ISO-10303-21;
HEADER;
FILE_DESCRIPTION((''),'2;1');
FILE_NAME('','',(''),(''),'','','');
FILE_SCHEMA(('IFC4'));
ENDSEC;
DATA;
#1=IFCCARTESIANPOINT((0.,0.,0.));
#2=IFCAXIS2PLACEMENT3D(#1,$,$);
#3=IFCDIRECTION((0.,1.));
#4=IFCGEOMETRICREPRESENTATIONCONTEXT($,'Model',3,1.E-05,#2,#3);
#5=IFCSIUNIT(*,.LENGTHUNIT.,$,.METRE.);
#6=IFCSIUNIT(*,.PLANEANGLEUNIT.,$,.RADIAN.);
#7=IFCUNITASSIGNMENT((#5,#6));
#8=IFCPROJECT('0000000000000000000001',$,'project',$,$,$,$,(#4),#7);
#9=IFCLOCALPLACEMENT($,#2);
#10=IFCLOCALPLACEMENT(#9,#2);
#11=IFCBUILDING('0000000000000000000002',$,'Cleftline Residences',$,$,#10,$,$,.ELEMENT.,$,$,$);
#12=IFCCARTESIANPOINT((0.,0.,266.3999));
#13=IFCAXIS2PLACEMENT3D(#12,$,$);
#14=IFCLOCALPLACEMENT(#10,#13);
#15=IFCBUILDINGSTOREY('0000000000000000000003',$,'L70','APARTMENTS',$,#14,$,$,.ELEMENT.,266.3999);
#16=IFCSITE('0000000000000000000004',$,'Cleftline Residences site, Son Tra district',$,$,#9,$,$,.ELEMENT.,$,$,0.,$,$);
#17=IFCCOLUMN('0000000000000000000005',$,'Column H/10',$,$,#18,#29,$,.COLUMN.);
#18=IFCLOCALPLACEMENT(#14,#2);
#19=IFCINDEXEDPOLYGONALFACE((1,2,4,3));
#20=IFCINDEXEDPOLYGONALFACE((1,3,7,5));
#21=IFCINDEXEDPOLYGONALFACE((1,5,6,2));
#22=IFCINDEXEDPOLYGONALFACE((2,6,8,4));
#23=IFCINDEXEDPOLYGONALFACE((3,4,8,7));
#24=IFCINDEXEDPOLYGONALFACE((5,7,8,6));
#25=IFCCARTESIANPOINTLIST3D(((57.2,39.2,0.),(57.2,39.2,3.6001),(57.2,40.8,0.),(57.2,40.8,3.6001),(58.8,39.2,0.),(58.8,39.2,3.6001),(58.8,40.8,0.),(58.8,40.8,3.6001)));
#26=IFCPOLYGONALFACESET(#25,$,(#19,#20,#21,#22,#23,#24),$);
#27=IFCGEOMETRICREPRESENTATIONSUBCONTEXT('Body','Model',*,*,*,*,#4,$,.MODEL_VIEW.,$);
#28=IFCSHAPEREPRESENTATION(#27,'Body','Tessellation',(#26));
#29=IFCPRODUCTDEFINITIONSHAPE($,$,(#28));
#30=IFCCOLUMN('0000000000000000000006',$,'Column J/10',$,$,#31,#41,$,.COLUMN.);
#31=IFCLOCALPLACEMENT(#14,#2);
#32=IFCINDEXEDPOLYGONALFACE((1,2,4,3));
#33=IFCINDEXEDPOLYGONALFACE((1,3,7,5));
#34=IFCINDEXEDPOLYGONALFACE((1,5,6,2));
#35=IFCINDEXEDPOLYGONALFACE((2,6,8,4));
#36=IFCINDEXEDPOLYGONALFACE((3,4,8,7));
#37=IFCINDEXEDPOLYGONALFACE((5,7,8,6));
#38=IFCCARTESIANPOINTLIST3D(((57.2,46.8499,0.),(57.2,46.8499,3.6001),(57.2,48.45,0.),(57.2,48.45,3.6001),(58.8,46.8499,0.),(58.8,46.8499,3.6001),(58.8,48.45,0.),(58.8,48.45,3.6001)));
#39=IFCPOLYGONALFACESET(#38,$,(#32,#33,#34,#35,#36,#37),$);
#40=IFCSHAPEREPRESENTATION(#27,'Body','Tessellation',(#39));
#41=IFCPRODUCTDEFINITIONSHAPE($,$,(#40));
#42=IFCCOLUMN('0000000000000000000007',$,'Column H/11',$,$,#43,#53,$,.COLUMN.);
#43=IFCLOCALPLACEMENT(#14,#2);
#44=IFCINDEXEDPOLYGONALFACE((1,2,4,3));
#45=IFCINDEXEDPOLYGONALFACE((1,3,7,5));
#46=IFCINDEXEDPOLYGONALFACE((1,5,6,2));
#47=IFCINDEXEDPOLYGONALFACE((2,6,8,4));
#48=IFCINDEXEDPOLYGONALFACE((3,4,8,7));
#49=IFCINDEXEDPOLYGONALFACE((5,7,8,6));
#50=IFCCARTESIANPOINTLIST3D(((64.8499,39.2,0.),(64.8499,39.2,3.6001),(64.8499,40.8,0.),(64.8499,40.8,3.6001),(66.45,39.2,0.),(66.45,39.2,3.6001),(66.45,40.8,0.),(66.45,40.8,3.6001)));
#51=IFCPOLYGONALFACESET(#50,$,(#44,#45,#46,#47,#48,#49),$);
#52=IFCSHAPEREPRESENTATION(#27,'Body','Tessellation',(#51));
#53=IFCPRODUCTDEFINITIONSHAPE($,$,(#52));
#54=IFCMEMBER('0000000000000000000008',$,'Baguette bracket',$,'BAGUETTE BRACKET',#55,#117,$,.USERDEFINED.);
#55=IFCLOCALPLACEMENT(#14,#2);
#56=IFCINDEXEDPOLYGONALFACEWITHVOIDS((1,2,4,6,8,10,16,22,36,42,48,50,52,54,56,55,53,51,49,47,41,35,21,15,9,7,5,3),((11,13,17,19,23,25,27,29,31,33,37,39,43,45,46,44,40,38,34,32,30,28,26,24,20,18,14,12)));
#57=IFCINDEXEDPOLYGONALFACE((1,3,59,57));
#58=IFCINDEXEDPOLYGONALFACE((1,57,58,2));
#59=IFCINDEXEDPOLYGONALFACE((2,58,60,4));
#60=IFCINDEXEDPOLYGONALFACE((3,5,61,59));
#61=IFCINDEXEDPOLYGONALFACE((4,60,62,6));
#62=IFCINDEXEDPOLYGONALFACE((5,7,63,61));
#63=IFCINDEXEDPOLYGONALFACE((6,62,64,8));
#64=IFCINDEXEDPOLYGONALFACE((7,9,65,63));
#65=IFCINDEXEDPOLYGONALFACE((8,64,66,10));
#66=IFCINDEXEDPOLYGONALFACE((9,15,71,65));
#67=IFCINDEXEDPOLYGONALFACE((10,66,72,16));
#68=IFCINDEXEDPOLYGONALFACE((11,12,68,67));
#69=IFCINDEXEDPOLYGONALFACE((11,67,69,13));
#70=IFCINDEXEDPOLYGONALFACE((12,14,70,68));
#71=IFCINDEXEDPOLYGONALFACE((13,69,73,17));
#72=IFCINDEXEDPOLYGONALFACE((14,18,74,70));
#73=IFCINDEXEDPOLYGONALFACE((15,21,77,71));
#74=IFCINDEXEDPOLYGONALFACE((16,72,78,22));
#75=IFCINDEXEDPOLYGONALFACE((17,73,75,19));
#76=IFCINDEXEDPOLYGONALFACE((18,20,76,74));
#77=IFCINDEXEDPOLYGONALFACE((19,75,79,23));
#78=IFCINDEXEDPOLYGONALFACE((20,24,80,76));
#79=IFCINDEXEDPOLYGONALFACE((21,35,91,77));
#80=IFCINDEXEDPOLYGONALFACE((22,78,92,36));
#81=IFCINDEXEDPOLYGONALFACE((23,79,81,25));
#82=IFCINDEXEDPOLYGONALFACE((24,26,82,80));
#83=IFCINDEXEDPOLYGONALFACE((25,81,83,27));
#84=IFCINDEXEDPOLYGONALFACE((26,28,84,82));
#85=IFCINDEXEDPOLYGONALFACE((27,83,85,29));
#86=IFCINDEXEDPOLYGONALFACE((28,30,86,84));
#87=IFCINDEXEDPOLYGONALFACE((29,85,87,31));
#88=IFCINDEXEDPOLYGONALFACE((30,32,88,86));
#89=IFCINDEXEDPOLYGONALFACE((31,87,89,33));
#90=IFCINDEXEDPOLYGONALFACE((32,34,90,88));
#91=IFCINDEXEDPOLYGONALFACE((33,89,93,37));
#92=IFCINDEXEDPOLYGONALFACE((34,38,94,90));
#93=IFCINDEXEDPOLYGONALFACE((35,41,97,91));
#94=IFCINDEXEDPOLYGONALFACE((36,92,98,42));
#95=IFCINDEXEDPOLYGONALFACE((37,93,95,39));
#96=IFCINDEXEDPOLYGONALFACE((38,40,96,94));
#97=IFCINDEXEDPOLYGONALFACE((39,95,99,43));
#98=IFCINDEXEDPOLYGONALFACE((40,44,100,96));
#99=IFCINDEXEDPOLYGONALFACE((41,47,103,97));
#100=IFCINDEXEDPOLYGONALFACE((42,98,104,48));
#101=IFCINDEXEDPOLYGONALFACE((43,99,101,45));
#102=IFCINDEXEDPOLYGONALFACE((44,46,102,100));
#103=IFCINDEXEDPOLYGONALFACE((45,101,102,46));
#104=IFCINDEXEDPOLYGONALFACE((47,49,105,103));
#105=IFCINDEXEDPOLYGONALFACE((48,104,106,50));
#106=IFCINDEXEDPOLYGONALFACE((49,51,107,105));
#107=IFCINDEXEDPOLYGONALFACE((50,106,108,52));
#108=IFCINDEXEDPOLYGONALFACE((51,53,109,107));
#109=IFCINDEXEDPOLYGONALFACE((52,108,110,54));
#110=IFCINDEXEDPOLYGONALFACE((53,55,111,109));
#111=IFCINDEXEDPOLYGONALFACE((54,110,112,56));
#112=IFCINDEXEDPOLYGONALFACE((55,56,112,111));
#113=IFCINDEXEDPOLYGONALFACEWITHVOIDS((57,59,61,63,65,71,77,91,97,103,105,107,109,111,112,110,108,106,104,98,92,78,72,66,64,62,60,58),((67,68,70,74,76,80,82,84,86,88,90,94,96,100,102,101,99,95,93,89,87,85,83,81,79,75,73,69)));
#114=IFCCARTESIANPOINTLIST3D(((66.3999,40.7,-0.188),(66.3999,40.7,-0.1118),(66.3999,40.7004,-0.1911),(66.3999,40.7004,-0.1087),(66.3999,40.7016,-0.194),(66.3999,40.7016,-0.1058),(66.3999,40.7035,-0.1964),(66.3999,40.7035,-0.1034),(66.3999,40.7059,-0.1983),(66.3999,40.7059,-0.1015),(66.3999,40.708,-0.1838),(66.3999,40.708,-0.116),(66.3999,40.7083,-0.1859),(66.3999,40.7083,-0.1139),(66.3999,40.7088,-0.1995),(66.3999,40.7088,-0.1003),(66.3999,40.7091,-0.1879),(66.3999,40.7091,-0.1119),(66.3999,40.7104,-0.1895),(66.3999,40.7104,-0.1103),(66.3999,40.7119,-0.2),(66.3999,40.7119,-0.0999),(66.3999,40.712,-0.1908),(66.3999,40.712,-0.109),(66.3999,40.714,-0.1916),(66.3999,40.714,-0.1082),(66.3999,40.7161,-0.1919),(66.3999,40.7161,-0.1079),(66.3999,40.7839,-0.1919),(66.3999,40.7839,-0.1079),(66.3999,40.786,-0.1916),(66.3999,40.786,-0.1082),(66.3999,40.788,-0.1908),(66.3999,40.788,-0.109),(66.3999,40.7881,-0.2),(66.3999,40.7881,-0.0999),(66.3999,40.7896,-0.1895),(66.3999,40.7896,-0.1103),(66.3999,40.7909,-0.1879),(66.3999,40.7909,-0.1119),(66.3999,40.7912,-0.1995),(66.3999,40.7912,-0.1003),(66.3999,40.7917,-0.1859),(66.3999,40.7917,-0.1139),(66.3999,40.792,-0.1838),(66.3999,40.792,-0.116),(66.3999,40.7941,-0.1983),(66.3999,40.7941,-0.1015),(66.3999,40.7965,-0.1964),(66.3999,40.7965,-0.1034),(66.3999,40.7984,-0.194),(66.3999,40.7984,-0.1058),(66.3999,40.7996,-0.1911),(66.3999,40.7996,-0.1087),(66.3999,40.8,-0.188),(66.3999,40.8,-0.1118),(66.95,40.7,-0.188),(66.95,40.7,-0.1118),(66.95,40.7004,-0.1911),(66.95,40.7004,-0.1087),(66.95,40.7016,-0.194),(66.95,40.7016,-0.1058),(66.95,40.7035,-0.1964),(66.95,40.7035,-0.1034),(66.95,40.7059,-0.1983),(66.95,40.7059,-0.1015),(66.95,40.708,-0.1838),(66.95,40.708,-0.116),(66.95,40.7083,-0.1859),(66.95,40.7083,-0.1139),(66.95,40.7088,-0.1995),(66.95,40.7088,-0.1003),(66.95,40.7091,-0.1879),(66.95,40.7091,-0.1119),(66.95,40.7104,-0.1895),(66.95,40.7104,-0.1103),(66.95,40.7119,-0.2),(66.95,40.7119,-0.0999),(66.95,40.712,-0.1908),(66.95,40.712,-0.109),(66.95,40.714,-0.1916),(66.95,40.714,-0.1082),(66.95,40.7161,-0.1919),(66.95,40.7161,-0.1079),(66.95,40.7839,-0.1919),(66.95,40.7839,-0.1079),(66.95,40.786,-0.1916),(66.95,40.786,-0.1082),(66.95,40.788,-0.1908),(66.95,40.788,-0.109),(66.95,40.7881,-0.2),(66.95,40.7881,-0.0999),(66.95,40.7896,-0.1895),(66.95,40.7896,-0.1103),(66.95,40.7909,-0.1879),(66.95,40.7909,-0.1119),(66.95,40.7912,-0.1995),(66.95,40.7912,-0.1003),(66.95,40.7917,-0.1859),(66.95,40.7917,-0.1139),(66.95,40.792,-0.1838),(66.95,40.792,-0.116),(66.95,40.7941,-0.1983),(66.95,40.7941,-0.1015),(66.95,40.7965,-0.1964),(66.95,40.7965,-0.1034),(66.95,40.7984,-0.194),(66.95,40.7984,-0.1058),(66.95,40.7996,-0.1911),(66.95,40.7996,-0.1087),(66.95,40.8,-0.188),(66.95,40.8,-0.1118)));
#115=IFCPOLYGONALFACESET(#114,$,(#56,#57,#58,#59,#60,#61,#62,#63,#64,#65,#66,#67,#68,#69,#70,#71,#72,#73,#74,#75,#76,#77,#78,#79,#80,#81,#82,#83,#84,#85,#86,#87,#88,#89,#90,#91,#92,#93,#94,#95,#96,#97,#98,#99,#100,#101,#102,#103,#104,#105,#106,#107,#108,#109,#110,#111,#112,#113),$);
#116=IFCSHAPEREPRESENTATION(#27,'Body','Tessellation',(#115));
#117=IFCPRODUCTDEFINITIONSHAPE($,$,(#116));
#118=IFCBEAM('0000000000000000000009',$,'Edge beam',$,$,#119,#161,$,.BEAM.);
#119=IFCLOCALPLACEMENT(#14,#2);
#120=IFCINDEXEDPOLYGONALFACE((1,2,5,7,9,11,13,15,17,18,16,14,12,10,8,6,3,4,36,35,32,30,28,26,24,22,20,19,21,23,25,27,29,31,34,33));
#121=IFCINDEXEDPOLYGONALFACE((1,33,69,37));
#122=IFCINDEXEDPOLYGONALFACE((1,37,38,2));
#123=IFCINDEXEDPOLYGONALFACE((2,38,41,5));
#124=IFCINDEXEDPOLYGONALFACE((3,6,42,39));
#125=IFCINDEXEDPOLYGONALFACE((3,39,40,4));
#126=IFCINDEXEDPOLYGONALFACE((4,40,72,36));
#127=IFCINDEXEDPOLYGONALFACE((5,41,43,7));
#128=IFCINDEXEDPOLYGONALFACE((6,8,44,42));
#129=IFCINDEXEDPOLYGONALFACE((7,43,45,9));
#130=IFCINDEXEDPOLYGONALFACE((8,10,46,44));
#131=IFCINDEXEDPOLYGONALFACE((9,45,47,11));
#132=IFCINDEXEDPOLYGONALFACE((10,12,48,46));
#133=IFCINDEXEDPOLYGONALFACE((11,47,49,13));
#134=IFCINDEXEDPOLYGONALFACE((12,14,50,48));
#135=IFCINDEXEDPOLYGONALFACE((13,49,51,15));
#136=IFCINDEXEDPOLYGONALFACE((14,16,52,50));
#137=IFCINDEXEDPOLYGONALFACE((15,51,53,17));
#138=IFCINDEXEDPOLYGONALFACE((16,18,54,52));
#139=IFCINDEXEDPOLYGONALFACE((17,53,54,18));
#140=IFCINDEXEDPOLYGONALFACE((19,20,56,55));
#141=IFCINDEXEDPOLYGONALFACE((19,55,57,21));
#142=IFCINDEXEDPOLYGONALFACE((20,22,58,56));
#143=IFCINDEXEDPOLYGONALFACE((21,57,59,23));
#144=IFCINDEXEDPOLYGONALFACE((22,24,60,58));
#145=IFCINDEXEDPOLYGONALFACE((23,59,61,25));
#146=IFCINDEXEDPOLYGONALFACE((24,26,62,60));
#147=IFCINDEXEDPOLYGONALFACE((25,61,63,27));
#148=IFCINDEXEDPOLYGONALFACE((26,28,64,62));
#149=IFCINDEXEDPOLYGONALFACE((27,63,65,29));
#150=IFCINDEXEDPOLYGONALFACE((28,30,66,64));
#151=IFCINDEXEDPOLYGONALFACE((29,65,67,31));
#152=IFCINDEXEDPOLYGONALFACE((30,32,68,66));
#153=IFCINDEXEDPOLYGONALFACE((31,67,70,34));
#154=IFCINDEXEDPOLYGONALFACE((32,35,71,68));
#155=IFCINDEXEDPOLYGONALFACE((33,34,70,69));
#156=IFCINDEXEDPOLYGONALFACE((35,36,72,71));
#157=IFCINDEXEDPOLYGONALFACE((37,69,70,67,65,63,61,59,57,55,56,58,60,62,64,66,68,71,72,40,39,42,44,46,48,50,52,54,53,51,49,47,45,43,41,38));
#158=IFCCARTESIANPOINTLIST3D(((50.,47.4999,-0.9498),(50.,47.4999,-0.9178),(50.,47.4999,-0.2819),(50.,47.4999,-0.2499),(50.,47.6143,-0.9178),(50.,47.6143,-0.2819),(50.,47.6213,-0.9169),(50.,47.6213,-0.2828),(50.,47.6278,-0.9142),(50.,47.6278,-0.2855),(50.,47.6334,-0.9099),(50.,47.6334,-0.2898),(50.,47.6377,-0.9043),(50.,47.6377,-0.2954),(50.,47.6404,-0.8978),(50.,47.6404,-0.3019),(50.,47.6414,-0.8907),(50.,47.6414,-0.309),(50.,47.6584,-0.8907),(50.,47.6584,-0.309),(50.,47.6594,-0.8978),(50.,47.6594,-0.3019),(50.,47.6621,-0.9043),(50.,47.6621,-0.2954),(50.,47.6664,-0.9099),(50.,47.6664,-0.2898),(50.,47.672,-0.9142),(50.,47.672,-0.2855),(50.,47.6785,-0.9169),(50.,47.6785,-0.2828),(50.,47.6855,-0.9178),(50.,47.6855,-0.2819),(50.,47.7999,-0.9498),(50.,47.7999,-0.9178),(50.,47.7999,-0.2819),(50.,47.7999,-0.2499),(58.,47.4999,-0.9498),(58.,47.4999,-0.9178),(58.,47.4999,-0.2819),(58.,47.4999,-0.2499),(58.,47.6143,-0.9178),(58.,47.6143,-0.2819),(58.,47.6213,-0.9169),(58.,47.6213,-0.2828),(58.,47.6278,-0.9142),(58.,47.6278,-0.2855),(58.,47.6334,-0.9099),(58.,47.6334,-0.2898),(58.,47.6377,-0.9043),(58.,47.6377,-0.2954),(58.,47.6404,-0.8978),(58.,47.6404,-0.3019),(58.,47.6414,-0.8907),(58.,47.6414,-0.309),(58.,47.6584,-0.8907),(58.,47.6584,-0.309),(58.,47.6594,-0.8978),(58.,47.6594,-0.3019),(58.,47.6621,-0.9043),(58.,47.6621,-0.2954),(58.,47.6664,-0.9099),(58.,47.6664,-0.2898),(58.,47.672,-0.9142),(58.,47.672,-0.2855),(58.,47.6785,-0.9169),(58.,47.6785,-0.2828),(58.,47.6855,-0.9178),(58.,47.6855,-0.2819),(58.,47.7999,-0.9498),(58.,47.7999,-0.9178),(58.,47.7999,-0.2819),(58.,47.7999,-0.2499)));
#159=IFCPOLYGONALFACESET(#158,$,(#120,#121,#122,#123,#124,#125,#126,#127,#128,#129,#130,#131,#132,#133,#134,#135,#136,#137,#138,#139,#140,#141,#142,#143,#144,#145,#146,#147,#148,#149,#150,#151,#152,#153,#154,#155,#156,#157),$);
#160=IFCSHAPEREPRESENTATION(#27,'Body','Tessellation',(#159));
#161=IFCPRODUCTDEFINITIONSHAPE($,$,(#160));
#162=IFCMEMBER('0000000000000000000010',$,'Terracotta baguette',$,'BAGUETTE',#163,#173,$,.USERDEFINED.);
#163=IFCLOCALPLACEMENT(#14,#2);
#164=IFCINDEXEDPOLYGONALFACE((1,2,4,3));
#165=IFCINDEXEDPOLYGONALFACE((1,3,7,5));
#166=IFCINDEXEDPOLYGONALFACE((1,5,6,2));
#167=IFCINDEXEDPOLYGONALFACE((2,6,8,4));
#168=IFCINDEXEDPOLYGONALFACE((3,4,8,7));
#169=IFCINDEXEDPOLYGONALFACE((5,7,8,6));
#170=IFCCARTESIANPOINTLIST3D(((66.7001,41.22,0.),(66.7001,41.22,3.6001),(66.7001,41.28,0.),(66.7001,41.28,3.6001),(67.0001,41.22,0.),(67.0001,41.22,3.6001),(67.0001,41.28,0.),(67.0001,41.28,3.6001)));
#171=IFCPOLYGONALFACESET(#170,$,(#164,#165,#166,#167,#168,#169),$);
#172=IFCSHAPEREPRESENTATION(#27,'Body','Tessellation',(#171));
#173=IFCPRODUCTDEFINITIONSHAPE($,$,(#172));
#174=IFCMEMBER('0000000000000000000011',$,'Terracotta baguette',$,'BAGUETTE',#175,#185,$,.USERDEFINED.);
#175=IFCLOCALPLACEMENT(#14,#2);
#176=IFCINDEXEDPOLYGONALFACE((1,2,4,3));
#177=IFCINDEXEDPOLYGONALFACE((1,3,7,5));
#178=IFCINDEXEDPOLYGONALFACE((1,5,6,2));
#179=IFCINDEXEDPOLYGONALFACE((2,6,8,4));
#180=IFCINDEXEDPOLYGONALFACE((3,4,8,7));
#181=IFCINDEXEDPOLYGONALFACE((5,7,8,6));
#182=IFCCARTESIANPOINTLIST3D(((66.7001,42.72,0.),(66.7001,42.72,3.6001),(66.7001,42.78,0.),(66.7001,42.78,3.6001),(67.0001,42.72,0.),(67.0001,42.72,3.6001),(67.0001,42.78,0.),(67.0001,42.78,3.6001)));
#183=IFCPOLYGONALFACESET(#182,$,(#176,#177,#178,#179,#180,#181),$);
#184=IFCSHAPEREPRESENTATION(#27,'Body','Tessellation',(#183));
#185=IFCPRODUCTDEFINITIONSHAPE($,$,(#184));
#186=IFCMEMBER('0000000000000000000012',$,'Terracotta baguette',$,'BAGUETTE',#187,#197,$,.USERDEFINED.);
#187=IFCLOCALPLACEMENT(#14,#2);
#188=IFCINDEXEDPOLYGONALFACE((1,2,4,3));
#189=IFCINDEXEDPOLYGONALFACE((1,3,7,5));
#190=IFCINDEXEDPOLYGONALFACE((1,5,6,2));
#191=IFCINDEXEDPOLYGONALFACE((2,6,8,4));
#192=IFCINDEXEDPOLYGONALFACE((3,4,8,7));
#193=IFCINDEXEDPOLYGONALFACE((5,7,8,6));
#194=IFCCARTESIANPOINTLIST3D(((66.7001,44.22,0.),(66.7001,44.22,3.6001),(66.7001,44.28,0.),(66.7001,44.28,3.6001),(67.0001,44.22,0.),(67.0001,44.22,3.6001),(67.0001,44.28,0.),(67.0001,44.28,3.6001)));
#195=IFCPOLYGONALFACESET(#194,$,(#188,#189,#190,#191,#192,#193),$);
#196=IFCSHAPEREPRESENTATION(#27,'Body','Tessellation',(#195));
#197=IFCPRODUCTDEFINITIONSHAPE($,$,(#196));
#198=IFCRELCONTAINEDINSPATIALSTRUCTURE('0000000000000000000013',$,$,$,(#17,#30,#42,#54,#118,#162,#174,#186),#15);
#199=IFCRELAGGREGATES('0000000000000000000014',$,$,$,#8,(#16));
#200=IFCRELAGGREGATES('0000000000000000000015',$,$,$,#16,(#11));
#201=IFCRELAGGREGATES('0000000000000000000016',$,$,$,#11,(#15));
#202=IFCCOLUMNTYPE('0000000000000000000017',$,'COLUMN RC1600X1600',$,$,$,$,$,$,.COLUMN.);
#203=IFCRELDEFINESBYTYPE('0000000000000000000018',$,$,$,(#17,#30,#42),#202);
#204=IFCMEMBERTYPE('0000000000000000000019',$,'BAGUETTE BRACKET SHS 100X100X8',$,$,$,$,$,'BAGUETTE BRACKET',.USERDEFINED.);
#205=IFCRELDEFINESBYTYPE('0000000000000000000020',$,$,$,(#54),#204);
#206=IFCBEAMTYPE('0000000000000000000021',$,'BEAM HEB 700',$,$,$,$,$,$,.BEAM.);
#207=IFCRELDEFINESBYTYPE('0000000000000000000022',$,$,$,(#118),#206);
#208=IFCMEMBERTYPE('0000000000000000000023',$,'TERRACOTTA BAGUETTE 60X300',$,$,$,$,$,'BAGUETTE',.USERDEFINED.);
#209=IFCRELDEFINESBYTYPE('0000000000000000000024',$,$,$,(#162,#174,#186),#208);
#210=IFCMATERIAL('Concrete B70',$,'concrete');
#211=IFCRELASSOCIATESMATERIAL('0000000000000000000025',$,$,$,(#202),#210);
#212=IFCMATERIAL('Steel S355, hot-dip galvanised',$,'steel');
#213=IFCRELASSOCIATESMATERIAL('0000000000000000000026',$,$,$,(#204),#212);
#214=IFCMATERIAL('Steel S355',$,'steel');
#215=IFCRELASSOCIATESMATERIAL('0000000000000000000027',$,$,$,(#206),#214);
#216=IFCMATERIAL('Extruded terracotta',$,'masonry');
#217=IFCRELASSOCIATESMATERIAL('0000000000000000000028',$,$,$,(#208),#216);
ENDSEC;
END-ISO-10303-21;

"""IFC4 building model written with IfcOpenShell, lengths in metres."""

from ifc_helpers import new_model, si_unit, direction, frame, origin, origin_2d, place, context, subcontext, project, spatial, rectangle, hollow_rectangle, i_section, extrude, material, material_profile, profile_set, type_object, element, save


model = new_model("IFC4")

# Units and contexts
model_context = context("Model", 3, precision=1e-05, world=origin(), true_north=direction((0.0, 1.0)))
body_context = subcontext(model_context, "Body", "Model", "MODEL_VIEW")
ifc_project = project(units=[si_unit("LENGTHUNIT", "METRE"), si_unit("PLANEANGLEUNIT", "RADIAN")], contexts=[model_context])

# Site, building, storey
site_placement = place(None, origin())
site = spatial("IfcSite", under=ifc_project, at=site_placement, Name="Cleftline Residences site, Son Tra district", CompositionType="ELEMENT", RefElevation=0.0)
building_placement = place(site_placement, origin())
building = spatial("IfcBuilding", under=site, at=building_placement, Name="Cleftline Residences", CompositionType="ELEMENT")
storey_placement = place(building_placement, frame((0.0, 0.0, 266.3999)))
storey = spatial("IfcBuildingStorey", under=building, at=storey_placement, Name="L70", Description="APARTMENTS", CompositionType="ELEMENT", Elevation=266.3999)

# Columns
ifc_material_1 = material(Name="Concrete B70", Category="concrete")
ifc_material_profile_1 = material_profile(ifc_material_1, rectangle(XDim=1.6001, YDim=1.6001, at=origin_2d()))
ifc_profile_set_1 = profile_set([ifc_material_profile_1], Name="Concrete B70")
column_type = type_object("IfcColumnType", Name="COLUMN RC1600X1600", PredefinedType="COLUMN", material=ifc_profile_set_1)
for number, where, z_axis, x_axis, name in (
    (1, (58.0, 40.0, 0.0), (0.0, 0.0, 1.0), (1.0, 0.0, 0.0), "Column H/10"),
    (2, (58.0, 47.6499, 0.0), (0.0, 0.0, 1.0), (1.0, 0.0, 0.0), "Column J/10"),
    (3, (65.6499, 40.0, 0.0), (0.0, 0.0, 1.0), (1.0, 0.0, 0.0), "Column H/11"),
):
    element("IfcColumn", number, at=place(storey_placement, frame(where, z_axis=z_axis, x_axis=x_axis)), inside=storey, type_object=column_type, Name=name, PredefinedType="COLUMN", context=body_context, shape_type="SweptSolid", body=[
        extrude(rectangle(XDim=1.6001, YDim=1.6001, at=origin_2d()), origin(), (0.0, 0.0, 1.0), 3.6001),
    ])

# Member
ifc_material_2 = material(Name="Steel S355, hot-dip galvanised", Category="steel")
ifc_material_profile_2 = material_profile(ifc_material_2, hollow_rectangle(XDim=0.1001, YDim=0.1001, WallThickness=0.0081, InnerFilletRadius=0.0081, OuterFilletRadius=0.012, at=origin_2d()))
ifc_profile_set_2 = profile_set([ifc_material_profile_2], Name="Steel S355, hot-dip galvanised")
member_type_1 = type_object("IfcMemberType", Name="BAGUETTE BRACKET SHS 100X100X8", ElementType="BAGUETTE BRACKET", PredefinedType="USERDEFINED", material=ifc_profile_set_2)
member_placement = place(storey_placement, frame((66.3999, 40.75, -0.1499), z_axis=(1.0, 0.0, 0.0), x_axis=(0.0, 1.0, 0.0)))
element("IfcMember", 4, at=member_placement, inside=storey, type_object=member_type_1, Name="Baguette bracket", ObjectType="BAGUETTE BRACKET", PredefinedType="USERDEFINED", context=body_context, shape_type="SweptSolid", body=[
    extrude(hollow_rectangle(XDim=0.1001, YDim=0.1001, WallThickness=0.0081, InnerFilletRadius=0.0081, OuterFilletRadius=0.012, at=origin_2d()), origin(), (0.0, 0.0, 1.0), 0.55),
])

# Beam
ifc_material_3 = material(Name="Steel S355", Category="steel")
ifc_material_profile_3 = material_profile(ifc_material_3, i_section(OverallWidth=0.3, OverallDepth=0.7, WebThickness=0.0171, FlangeThickness=0.032, FilletRadius=0.0271, at=origin_2d()))
ifc_profile_set_3 = profile_set([ifc_material_profile_3], Name="Steel S355")
beam_type = type_object("IfcBeamType", Name="BEAM HEB 700", PredefinedType="BEAM", material=ifc_profile_set_3)
beam_placement = place(storey_placement, frame((58.0, 47.6499, -0.5999), z_axis=(-1.0, 0.0, 0.0), x_axis=(0.0, -1.0, 0.0)))
element("IfcBeam", 5, at=beam_placement, inside=storey, type_object=beam_type, Name="Edge beam", PredefinedType="BEAM", context=body_context, shape_type="SweptSolid", body=[
    extrude(i_section(OverallWidth=0.3, OverallDepth=0.7, WebThickness=0.0171, FlangeThickness=0.032, FilletRadius=0.0271, at=origin_2d()), origin(), (0.0, 0.0, 1.0), 8.0),
])

# Members
ifc_material_4 = material(Name="Extruded terracotta", Category="masonry")
ifc_material_profile_4 = material_profile(ifc_material_4, rectangle(XDim=0.0601, YDim=0.3, at=origin_2d()))
ifc_profile_set_4 = profile_set([ifc_material_profile_4], Name="Extruded terracotta")
member_type_2 = type_object("IfcMemberType", Name="TERRACOTTA BAGUETTE 60X300", ElementType="BAGUETTE", PredefinedType="USERDEFINED", material=ifc_profile_set_4)
for number, where, z_axis, x_axis, name in (
    (6, (66.8501, 41.25, 0.0), (0.0, 0.0, 1.0), (0.0, 1.0, 0.0), "Terracotta baguette"),
    (7, (66.8501, 42.75, 0.0), (0.0, 0.0, 1.0), (0.0, 1.0, 0.0), "Terracotta baguette"),
    (8, (66.8501, 44.25, 0.0), (0.0, 0.0, 1.0), (0.0, 1.0, 0.0), "Terracotta baguette"),
):
    element("IfcMember", number, at=place(storey_placement, frame(where, z_axis=z_axis, x_axis=x_axis)), inside=storey, type_object=member_type_2, Name=name, ObjectType="BAGUETTE", PredefinedType="USERDEFINED", context=body_context, shape_type="SweptSolid", body=[
        extrude(rectangle(XDim=0.0601, YDim=0.3, at=origin_2d()), origin(), (0.0, 0.0, 1.0), 3.6001),
    ])

save(model, "model.ifc")
